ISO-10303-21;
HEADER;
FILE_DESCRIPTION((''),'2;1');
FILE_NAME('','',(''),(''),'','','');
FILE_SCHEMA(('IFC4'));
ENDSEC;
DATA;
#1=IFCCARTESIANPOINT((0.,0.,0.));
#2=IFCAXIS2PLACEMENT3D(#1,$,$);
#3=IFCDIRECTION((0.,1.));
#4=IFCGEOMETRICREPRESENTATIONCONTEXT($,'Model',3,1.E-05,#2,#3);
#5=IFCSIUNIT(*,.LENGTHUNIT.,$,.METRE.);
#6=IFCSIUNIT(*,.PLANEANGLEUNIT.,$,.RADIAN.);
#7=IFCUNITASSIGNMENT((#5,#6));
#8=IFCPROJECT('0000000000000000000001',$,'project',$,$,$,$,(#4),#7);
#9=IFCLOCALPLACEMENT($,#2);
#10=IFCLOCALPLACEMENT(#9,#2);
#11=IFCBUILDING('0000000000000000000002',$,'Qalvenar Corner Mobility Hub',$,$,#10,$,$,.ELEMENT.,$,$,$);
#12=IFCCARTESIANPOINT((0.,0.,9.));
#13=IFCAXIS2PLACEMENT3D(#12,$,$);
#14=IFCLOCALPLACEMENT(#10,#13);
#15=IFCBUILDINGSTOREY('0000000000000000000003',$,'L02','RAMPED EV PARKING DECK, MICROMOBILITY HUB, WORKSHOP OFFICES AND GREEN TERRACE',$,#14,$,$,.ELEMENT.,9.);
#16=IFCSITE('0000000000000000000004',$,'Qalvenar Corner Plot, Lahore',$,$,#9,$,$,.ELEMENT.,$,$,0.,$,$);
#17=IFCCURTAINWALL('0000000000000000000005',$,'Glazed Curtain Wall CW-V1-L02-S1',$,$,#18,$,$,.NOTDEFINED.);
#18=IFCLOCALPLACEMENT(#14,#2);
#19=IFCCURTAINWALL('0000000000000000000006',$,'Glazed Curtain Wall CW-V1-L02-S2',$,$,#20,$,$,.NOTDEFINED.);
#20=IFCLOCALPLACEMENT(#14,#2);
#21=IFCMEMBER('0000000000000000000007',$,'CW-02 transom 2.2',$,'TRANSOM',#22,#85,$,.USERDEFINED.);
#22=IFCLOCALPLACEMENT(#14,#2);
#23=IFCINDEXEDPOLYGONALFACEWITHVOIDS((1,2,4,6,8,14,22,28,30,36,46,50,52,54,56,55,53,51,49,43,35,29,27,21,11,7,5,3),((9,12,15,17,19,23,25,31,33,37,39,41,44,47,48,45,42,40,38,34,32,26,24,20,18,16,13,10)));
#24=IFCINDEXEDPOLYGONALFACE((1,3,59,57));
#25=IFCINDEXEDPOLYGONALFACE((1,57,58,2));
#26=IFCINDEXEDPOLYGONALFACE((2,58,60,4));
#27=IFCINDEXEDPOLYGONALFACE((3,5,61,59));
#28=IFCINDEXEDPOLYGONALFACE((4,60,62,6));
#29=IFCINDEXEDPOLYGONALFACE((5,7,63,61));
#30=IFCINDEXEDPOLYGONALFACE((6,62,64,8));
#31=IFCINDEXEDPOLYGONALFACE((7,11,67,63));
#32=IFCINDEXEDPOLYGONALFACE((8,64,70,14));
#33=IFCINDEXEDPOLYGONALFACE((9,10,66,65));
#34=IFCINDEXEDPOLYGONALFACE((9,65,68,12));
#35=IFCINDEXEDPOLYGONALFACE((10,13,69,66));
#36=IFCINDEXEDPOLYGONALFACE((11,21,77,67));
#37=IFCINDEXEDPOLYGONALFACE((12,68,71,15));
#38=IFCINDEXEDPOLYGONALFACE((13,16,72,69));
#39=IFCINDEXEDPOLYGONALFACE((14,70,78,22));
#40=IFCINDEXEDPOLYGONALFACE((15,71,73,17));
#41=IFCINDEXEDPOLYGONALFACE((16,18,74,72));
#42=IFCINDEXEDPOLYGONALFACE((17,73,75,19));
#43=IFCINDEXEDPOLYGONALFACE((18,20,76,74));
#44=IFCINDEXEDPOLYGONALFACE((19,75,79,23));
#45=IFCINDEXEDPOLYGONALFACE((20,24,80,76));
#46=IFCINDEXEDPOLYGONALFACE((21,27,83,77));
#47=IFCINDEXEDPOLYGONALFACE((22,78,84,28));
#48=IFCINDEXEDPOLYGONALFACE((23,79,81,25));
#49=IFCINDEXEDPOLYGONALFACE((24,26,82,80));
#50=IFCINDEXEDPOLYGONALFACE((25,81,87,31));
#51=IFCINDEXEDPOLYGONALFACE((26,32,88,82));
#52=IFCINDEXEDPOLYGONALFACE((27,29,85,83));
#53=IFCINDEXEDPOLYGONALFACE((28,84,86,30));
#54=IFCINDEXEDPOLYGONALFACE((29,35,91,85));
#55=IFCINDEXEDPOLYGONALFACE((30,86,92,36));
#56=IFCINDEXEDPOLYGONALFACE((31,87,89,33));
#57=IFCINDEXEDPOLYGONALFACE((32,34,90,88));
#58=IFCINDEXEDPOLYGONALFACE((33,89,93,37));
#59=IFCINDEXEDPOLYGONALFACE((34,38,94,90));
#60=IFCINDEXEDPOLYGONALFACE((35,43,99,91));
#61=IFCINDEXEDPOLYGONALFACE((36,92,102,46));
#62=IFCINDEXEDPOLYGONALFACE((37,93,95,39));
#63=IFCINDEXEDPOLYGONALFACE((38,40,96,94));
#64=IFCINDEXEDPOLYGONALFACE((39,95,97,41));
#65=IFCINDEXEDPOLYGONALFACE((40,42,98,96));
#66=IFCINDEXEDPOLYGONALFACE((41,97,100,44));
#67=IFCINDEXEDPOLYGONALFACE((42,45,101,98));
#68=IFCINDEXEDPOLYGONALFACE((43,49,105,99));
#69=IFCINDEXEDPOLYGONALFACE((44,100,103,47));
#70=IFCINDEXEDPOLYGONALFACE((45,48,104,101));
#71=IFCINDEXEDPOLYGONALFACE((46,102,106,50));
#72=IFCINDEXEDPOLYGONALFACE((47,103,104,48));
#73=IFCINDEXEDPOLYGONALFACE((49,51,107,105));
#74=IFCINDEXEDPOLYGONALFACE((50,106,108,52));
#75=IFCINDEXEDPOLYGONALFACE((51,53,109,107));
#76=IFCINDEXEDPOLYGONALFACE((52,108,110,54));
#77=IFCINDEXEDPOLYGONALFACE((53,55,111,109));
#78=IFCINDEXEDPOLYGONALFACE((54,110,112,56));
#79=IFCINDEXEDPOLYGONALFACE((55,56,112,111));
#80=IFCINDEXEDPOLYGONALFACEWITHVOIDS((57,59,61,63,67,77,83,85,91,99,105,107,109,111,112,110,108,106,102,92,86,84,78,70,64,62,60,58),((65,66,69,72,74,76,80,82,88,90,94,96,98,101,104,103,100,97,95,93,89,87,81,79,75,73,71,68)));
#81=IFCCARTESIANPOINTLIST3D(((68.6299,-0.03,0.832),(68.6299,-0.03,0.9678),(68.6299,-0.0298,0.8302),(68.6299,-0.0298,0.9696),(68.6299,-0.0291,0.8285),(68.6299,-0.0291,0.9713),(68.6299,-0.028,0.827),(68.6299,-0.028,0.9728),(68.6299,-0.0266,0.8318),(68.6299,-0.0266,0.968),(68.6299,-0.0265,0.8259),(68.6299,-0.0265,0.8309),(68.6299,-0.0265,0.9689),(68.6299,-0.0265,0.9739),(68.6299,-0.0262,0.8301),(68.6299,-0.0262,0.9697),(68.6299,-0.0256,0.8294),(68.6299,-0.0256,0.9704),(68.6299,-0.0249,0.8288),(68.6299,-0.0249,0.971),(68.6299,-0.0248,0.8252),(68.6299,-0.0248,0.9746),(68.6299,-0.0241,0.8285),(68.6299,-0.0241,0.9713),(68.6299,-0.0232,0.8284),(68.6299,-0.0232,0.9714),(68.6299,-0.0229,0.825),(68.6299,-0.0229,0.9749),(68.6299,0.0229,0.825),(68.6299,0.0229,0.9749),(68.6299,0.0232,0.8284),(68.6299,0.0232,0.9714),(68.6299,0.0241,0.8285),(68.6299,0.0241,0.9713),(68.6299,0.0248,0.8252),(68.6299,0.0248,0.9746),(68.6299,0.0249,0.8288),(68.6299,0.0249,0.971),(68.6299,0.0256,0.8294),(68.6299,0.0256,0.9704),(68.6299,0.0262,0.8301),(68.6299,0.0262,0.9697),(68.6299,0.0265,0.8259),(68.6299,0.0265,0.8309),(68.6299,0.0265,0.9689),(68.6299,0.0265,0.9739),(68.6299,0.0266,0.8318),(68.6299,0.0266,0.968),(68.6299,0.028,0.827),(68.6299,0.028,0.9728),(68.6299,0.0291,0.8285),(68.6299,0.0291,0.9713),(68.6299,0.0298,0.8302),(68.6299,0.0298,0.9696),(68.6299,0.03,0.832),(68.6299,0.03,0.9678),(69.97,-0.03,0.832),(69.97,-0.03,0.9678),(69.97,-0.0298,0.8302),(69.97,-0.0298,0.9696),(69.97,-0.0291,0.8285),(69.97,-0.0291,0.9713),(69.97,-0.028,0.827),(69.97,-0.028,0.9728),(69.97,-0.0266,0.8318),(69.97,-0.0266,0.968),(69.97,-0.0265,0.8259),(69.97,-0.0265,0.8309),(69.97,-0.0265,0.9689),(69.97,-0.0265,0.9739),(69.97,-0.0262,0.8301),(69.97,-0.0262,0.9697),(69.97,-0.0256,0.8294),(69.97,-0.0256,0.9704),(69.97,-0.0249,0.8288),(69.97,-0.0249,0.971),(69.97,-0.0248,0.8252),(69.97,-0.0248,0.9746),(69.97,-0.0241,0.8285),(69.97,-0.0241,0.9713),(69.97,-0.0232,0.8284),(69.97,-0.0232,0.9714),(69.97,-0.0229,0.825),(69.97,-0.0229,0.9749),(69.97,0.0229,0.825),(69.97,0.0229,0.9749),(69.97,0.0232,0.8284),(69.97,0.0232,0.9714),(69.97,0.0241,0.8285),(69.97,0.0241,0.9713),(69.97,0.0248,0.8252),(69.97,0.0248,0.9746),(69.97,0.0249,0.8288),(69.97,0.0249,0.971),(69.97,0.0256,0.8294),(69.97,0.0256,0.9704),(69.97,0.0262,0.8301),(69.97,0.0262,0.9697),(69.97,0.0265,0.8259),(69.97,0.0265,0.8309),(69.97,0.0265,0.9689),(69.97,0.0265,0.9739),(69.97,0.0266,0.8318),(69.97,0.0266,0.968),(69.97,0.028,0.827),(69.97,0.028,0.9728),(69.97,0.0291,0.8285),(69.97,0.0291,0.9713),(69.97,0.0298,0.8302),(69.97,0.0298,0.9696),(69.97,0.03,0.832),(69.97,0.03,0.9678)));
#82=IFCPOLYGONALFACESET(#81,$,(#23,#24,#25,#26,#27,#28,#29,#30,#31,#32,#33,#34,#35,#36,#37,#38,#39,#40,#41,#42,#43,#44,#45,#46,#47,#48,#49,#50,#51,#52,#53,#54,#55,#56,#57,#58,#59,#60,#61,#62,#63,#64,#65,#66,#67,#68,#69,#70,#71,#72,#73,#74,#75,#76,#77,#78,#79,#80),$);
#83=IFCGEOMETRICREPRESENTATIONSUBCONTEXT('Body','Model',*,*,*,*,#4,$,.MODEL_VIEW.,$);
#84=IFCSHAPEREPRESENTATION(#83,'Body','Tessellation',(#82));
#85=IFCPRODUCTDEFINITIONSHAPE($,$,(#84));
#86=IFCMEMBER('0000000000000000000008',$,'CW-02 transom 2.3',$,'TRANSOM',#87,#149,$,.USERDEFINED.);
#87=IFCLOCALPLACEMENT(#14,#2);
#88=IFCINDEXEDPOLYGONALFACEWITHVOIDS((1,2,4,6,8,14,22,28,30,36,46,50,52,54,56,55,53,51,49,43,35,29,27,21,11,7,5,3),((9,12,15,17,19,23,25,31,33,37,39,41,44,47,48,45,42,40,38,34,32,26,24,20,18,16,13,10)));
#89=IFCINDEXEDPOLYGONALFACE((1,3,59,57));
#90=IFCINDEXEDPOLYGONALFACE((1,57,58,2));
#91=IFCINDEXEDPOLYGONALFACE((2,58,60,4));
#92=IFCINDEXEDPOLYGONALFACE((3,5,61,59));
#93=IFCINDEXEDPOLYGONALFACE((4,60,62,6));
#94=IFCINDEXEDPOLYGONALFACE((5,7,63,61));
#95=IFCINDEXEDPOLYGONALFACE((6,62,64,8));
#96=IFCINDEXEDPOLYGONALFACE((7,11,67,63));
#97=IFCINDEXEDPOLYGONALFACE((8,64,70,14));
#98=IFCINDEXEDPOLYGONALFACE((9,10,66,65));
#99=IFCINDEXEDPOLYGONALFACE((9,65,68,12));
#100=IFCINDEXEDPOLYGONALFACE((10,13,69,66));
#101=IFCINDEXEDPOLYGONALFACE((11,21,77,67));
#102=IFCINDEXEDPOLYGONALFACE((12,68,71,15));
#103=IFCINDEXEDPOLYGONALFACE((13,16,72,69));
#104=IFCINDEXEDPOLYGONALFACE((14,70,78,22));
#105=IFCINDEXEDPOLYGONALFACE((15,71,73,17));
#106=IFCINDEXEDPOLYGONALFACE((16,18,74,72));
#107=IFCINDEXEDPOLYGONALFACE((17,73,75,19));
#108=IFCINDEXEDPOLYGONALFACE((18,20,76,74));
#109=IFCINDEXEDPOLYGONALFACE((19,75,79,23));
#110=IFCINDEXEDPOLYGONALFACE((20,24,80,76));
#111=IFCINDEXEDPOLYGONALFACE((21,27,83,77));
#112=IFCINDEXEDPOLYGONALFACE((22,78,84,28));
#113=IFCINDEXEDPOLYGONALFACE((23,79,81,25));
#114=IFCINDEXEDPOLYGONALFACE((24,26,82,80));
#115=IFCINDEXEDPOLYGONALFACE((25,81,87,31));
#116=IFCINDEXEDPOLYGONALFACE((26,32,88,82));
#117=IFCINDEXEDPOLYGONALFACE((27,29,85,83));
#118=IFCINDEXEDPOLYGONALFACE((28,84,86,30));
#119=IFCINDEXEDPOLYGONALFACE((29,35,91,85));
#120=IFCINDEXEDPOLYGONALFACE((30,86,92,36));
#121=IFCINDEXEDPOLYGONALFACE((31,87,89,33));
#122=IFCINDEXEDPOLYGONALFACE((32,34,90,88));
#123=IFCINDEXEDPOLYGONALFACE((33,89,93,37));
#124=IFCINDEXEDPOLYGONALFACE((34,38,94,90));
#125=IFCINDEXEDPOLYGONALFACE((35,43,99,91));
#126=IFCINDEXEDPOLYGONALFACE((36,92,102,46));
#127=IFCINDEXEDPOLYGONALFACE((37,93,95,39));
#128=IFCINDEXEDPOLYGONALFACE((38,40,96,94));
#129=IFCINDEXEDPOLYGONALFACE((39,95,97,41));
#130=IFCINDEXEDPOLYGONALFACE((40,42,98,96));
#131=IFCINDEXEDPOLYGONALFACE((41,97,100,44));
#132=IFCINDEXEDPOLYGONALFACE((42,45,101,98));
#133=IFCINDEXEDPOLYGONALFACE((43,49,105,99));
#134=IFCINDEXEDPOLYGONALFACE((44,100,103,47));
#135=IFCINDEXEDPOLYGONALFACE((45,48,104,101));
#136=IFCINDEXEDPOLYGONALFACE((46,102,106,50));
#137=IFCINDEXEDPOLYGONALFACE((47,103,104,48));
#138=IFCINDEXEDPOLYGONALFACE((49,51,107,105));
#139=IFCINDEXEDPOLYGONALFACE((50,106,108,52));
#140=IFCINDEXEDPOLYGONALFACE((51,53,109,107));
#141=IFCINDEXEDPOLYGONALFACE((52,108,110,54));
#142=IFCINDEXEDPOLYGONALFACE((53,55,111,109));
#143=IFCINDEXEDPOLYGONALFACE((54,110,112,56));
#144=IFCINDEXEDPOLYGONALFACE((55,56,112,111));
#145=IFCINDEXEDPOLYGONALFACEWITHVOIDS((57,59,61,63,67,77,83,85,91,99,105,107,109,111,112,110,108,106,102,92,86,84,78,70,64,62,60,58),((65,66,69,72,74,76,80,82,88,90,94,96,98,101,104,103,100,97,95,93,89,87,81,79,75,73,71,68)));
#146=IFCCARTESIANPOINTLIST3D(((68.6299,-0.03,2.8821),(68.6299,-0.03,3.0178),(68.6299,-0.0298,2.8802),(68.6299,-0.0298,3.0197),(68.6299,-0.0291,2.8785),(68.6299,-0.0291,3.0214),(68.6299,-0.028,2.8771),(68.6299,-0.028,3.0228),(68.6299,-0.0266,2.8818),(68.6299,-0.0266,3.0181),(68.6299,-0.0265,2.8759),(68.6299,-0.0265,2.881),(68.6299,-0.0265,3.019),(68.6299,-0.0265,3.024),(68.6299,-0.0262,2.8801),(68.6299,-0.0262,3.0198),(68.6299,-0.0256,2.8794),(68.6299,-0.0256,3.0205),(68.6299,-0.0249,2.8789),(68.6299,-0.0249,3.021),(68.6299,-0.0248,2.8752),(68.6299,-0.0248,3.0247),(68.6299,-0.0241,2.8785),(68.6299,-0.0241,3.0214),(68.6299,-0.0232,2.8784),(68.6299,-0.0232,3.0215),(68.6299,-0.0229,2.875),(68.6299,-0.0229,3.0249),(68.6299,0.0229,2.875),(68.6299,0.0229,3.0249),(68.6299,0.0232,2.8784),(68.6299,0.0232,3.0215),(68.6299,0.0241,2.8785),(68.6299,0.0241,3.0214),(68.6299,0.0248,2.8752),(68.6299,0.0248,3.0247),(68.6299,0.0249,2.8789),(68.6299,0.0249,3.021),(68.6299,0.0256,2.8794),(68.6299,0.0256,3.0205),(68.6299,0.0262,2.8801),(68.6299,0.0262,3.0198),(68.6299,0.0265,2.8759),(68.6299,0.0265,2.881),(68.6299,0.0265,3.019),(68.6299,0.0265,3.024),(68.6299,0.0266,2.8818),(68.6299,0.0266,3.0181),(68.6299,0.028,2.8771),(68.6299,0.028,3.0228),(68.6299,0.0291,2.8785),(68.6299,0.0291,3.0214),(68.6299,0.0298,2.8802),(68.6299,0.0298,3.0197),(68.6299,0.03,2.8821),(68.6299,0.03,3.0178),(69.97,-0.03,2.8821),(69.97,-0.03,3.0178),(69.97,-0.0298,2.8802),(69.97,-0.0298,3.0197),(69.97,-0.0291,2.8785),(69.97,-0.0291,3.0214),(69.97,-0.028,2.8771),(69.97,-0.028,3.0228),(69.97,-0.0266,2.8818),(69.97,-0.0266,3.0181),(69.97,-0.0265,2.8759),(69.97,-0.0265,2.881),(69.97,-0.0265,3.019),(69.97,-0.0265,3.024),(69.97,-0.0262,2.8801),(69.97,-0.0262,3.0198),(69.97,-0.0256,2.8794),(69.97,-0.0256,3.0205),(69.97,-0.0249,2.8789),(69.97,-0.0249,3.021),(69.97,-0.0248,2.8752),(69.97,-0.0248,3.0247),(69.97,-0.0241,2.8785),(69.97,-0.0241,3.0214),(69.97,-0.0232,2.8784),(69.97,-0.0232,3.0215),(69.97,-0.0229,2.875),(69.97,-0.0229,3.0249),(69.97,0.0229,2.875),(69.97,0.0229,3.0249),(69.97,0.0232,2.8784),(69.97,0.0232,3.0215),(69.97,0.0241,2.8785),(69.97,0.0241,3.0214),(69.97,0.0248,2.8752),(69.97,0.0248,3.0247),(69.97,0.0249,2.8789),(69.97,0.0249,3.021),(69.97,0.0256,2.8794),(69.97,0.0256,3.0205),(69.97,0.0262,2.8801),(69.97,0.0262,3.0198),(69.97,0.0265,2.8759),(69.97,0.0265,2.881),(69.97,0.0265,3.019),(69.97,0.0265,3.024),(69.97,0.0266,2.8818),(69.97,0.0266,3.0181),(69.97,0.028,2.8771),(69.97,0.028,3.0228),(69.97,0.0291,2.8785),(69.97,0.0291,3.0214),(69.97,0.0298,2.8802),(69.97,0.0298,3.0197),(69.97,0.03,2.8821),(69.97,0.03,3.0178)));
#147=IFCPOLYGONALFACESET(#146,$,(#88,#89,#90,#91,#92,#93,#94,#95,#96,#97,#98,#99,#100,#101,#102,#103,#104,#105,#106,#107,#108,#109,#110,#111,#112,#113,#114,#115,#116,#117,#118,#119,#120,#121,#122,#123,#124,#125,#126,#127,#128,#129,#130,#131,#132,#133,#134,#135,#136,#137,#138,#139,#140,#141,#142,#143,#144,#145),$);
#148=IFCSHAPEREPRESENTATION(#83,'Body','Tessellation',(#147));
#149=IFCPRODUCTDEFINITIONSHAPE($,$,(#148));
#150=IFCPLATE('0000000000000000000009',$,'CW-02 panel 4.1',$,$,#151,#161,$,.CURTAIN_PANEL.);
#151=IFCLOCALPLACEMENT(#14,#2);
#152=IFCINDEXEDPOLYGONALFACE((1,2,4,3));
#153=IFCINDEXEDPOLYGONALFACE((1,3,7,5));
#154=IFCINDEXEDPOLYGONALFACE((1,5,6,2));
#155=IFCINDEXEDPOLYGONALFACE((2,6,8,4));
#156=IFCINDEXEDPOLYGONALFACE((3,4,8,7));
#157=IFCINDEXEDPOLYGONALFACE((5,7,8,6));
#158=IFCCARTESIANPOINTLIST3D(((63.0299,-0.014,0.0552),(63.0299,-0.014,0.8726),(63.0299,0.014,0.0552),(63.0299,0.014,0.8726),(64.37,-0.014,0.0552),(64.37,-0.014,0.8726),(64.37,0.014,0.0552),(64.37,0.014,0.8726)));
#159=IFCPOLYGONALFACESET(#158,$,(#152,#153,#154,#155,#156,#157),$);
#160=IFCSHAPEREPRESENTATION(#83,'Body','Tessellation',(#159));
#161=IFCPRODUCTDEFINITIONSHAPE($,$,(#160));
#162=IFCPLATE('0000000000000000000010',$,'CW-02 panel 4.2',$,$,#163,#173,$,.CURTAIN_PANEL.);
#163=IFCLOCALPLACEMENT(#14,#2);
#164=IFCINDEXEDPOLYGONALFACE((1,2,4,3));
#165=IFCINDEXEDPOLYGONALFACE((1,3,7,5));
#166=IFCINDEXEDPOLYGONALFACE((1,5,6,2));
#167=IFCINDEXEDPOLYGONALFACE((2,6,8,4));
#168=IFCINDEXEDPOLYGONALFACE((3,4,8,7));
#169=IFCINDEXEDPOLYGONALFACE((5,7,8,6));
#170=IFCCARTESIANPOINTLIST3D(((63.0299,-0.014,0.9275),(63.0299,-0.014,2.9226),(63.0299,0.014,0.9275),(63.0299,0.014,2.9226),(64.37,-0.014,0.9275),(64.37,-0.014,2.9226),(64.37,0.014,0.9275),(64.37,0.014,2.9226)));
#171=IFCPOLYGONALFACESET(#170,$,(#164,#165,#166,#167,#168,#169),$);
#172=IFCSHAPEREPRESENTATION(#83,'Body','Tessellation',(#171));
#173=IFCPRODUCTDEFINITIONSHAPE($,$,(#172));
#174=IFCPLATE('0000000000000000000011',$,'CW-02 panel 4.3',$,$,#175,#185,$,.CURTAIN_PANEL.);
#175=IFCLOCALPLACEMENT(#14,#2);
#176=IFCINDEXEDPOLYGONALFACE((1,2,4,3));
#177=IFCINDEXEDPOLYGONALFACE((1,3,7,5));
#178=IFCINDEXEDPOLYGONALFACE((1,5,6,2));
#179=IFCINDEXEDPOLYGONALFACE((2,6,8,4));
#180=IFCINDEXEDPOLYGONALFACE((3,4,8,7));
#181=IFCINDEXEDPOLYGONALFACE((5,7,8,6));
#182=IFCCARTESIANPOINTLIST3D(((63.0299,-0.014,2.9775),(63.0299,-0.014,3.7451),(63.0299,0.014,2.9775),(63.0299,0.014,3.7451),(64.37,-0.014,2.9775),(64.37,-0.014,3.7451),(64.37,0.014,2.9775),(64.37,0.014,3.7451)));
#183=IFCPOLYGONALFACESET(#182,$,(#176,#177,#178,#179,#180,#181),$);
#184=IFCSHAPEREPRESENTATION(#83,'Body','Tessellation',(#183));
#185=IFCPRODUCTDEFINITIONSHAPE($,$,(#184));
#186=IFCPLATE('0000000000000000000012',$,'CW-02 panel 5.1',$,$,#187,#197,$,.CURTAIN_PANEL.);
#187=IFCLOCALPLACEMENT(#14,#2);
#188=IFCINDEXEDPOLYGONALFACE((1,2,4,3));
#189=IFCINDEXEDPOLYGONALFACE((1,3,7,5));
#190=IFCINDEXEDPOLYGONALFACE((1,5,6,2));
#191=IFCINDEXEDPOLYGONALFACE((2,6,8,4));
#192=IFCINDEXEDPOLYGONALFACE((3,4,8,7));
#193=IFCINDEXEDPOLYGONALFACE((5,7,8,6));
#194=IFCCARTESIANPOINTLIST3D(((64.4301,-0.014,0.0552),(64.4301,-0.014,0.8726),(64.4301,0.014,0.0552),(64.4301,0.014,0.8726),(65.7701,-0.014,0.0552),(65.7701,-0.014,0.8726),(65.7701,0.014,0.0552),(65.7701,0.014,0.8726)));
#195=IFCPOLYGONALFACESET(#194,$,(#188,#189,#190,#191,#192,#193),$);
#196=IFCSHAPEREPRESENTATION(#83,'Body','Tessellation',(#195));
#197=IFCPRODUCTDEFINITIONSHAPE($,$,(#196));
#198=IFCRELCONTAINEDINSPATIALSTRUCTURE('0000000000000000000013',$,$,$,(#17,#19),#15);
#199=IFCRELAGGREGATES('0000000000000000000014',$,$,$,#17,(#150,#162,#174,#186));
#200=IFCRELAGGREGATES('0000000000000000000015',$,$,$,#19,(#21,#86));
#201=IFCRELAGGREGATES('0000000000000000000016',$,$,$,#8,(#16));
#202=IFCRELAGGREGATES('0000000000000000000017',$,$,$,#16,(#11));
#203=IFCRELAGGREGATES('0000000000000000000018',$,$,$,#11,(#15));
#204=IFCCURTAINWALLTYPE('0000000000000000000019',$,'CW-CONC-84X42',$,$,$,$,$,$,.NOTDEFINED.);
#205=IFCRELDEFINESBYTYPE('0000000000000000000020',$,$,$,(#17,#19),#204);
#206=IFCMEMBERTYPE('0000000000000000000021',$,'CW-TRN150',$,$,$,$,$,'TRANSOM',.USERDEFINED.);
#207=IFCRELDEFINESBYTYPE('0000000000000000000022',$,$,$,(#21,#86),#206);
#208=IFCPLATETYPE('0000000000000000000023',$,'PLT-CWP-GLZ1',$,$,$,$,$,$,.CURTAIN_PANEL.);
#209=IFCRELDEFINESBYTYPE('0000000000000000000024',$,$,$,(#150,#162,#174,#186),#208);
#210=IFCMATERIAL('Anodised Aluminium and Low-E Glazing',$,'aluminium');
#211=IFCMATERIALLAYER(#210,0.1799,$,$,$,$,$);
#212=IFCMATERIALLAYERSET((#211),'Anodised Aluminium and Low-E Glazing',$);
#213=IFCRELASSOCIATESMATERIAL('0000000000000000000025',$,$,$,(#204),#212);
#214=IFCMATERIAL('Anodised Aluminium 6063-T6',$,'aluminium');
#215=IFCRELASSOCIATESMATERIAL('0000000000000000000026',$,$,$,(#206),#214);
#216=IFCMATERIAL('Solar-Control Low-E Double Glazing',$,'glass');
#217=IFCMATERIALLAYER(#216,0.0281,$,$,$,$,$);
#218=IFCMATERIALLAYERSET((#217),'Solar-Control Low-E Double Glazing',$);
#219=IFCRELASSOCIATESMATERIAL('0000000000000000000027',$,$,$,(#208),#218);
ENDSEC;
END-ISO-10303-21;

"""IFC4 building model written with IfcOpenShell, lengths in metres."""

from ifc_helpers import new_model, si_unit, direction, frame, origin, origin_2d, place, context, subcontext, project, spatial, rectangle, hollow_rectangle, extrude, material, layer, layer_set, material_profile, profile_set, type_object, element, aggregate, save


model = new_model("IFC4")

# Units and contexts
model_context = context("Model", 3, precision=1e-05, world=origin(), true_north=direction((0.0, 1.0)))
body_context = subcontext(model_context, "Body", "Model", "MODEL_VIEW")
ifc_project = project(units=[si_unit("LENGTHUNIT", "METRE"), si_unit("PLANEANGLEUNIT", "RADIAN")], contexts=[model_context])

# Site, building, storey
site_placement = place(None, origin())
site = spatial("IfcSite", under=ifc_project, at=site_placement, Name="Qalvenar Corner Plot, Lahore", CompositionType="ELEMENT", RefElevation=0.0)
building_placement = place(site_placement, origin())
building = spatial("IfcBuilding", under=site, at=building_placement, Name="Qalvenar Corner Mobility Hub", CompositionType="ELEMENT")
storey_placement = place(building_placement, frame((0.0, 0.0, 9.0)))
storey = spatial("IfcBuildingStorey", under=building, at=storey_placement, Name="L02", Description="RAMPED EV PARKING DECK, MICROMOBILITY HUB, WORKSHOP OFFICES AND GREEN TERRACE", CompositionType="ELEMENT", Elevation=9.0)

# Curtain walls
ifc_material_1 = material(Name="Anodised Aluminium and Low-E Glazing", Category="aluminium")
ifc_layer_1 = layer(ifc_material_1, 0.1799)
ifc_layer_set_1 = layer_set([ifc_layer_1], Name="Anodised Aluminium and Low-E Glazing")
curtain_wall_type = type_object("IfcCurtainWallType", Name="CW-CONC-84X42", PredefinedType="NOTDEFINED", material=ifc_layer_set_1)
curtain_wall_1_placement = place(storey_placement, origin())
curtain_wall_1 = element("IfcCurtainWall", 1, at=curtain_wall_1_placement, inside=storey, type_object=curtain_wall_type, Name="Glazed Curtain Wall CW-V1-L02-S1", PredefinedType="NOTDEFINED")
ifc_material_2 = material(Name="Anodised Aluminium 6063-T6", Category="aluminium")
curtain_wall_2_placement = place(storey_placement, origin())
curtain_wall_2 = element("IfcCurtainWall", 2, at=curtain_wall_2_placement, inside=storey, type_object=curtain_wall_type, Name="Glazed Curtain Wall CW-V1-L02-S2", PredefinedType="NOTDEFINED")

# Members
ifc_material_profile_1 = material_profile(ifc_material_2, hollow_rectangle(XDim=0.0601, YDim=0.1499, WallThickness=0.0034, InnerFilletRadius=0.0034, OuterFilletRadius=0.0071, at=origin_2d()), Name="RHS150x60x3.5")
ifc_profile_set_1 = profile_set([ifc_material_profile_1], Name="Anodised Aluminium 6063-T6")
member_type_1 = type_object("IfcMemberType", Name="CW-TRN150", ElementType="TRANSOM", PredefinedType="USERDEFINED", material=ifc_profile_set_1)
member_1_placement = place(storey_placement, frame((68.6299, 0.0, 0.8999), z_axis=(1.0, 0.0, 0.0), x_axis=(0.0, 1.0, 0.0)))
member_1 = element("IfcMember", 3, at=member_1_placement, type_object=member_type_1, Name="CW-02 transom 2.2", ObjectType="TRANSOM", PredefinedType="USERDEFINED", context=body_context, shape_type="SweptSolid", body=[
    extrude(hollow_rectangle(XDim=0.0601, YDim=0.1499, WallThickness=0.0034, InnerFilletRadius=0.0034, OuterFilletRadius=0.0071, at=origin_2d()), origin(), (0.0, 0.0, 1.0), 1.3401),
])
member_2_placement = place(storey_placement, frame((68.6299, 0.0, 2.95), z_axis=(1.0, 0.0, 0.0), x_axis=(0.0, 1.0, 0.0)))
member_2 = element("IfcMember", 4, at=member_2_placement, type_object=member_type_1, Name="CW-02 transom 2.3", ObjectType="TRANSOM", PredefinedType="USERDEFINED", context=body_context, shape_type="SweptSolid", body=[
    extrude(hollow_rectangle(XDim=0.0601, YDim=0.1499, WallThickness=0.0034, InnerFilletRadius=0.0034, OuterFilletRadius=0.0071, at=origin_2d()), origin(), (0.0, 0.0, 1.0), 1.3401),
])

# Plates
ifc_material_3 = material(Name="Solar-Control Low-E Double Glazing", Category="glass")
ifc_layer_2 = layer(ifc_material_3, 0.0281)
ifc_layer_set_2 = layer_set([ifc_layer_2], Name="Solar-Control Low-E Double Glazing")
plate_type = type_object("IfcPlateType", Name="PLT-CWP-GLZ1", PredefinedType="CURTAIN_PANEL", material=ifc_layer_set_2)
plate_1_placement = place(storey_placement, frame((63.7, 0.0, 0.0552), z_axis=(0.0, 0.0, 1.0), x_axis=(1.0, 0.0, 0.0)))
plate_1 = element("IfcPlate", 5, at=plate_1_placement, type_object=plate_type, Name="CW-02 panel 4.1", PredefinedType="CURTAIN_PANEL", context=body_context, shape_type="SweptSolid", body=[
    extrude(rectangle(XDim=1.3401, YDim=0.0281, at=origin_2d()), origin(), (0.0, 0.0, 1.0), 0.8174),
])
plate_2_placement = place(storey_placement, frame((63.7, 0.0, 0.9275), z_axis=(0.0, 0.0, 1.0), x_axis=(1.0, 0.0, 0.0)))
plate_2 = element("IfcPlate", 6, at=plate_2_placement, type_object=plate_type, Name="CW-02 panel 4.2", PredefinedType="CURTAIN_PANEL", context=body_context, shape_type="SweptSolid", body=[
    extrude(rectangle(XDim=1.3401, YDim=0.0281, at=origin_2d()), origin(), (0.0, 0.0, 1.0), 1.9951),
])
plate_3_placement = place(storey_placement, frame((63.7, 0.0, 2.9775), z_axis=(0.0, 0.0, 1.0), x_axis=(1.0, 0.0, 0.0)))
plate_3 = element("IfcPlate", 7, at=plate_3_placement, type_object=plate_type, Name="CW-02 panel 4.3", PredefinedType="CURTAIN_PANEL", context=body_context, shape_type="SweptSolid", body=[
    extrude(rectangle(XDim=1.3401, YDim=0.0281, at=origin_2d()), origin(), (0.0, 0.0, 1.0), 0.7676),
])
plate_4_placement = place(storey_placement, frame((65.1001, 0.0, 0.0552), z_axis=(0.0, 0.0, 1.0), x_axis=(1.0, 0.0, 0.0)))
plate_4 = element("IfcPlate", 8, at=plate_4_placement, type_object=plate_type, Name="CW-02 panel 5.1", PredefinedType="CURTAIN_PANEL", context=body_context, shape_type="SweptSolid", body=[
    extrude(rectangle(XDim=1.3401, YDim=0.0281, at=origin_2d()), origin(), (0.0, 0.0, 1.0), 0.8174),
])
aggregate(curtain_wall_1, [plate_1, plate_2, plate_3, plate_4])
aggregate(curtain_wall_2, [member_1, member_2])

save(model, "model.ifc")
